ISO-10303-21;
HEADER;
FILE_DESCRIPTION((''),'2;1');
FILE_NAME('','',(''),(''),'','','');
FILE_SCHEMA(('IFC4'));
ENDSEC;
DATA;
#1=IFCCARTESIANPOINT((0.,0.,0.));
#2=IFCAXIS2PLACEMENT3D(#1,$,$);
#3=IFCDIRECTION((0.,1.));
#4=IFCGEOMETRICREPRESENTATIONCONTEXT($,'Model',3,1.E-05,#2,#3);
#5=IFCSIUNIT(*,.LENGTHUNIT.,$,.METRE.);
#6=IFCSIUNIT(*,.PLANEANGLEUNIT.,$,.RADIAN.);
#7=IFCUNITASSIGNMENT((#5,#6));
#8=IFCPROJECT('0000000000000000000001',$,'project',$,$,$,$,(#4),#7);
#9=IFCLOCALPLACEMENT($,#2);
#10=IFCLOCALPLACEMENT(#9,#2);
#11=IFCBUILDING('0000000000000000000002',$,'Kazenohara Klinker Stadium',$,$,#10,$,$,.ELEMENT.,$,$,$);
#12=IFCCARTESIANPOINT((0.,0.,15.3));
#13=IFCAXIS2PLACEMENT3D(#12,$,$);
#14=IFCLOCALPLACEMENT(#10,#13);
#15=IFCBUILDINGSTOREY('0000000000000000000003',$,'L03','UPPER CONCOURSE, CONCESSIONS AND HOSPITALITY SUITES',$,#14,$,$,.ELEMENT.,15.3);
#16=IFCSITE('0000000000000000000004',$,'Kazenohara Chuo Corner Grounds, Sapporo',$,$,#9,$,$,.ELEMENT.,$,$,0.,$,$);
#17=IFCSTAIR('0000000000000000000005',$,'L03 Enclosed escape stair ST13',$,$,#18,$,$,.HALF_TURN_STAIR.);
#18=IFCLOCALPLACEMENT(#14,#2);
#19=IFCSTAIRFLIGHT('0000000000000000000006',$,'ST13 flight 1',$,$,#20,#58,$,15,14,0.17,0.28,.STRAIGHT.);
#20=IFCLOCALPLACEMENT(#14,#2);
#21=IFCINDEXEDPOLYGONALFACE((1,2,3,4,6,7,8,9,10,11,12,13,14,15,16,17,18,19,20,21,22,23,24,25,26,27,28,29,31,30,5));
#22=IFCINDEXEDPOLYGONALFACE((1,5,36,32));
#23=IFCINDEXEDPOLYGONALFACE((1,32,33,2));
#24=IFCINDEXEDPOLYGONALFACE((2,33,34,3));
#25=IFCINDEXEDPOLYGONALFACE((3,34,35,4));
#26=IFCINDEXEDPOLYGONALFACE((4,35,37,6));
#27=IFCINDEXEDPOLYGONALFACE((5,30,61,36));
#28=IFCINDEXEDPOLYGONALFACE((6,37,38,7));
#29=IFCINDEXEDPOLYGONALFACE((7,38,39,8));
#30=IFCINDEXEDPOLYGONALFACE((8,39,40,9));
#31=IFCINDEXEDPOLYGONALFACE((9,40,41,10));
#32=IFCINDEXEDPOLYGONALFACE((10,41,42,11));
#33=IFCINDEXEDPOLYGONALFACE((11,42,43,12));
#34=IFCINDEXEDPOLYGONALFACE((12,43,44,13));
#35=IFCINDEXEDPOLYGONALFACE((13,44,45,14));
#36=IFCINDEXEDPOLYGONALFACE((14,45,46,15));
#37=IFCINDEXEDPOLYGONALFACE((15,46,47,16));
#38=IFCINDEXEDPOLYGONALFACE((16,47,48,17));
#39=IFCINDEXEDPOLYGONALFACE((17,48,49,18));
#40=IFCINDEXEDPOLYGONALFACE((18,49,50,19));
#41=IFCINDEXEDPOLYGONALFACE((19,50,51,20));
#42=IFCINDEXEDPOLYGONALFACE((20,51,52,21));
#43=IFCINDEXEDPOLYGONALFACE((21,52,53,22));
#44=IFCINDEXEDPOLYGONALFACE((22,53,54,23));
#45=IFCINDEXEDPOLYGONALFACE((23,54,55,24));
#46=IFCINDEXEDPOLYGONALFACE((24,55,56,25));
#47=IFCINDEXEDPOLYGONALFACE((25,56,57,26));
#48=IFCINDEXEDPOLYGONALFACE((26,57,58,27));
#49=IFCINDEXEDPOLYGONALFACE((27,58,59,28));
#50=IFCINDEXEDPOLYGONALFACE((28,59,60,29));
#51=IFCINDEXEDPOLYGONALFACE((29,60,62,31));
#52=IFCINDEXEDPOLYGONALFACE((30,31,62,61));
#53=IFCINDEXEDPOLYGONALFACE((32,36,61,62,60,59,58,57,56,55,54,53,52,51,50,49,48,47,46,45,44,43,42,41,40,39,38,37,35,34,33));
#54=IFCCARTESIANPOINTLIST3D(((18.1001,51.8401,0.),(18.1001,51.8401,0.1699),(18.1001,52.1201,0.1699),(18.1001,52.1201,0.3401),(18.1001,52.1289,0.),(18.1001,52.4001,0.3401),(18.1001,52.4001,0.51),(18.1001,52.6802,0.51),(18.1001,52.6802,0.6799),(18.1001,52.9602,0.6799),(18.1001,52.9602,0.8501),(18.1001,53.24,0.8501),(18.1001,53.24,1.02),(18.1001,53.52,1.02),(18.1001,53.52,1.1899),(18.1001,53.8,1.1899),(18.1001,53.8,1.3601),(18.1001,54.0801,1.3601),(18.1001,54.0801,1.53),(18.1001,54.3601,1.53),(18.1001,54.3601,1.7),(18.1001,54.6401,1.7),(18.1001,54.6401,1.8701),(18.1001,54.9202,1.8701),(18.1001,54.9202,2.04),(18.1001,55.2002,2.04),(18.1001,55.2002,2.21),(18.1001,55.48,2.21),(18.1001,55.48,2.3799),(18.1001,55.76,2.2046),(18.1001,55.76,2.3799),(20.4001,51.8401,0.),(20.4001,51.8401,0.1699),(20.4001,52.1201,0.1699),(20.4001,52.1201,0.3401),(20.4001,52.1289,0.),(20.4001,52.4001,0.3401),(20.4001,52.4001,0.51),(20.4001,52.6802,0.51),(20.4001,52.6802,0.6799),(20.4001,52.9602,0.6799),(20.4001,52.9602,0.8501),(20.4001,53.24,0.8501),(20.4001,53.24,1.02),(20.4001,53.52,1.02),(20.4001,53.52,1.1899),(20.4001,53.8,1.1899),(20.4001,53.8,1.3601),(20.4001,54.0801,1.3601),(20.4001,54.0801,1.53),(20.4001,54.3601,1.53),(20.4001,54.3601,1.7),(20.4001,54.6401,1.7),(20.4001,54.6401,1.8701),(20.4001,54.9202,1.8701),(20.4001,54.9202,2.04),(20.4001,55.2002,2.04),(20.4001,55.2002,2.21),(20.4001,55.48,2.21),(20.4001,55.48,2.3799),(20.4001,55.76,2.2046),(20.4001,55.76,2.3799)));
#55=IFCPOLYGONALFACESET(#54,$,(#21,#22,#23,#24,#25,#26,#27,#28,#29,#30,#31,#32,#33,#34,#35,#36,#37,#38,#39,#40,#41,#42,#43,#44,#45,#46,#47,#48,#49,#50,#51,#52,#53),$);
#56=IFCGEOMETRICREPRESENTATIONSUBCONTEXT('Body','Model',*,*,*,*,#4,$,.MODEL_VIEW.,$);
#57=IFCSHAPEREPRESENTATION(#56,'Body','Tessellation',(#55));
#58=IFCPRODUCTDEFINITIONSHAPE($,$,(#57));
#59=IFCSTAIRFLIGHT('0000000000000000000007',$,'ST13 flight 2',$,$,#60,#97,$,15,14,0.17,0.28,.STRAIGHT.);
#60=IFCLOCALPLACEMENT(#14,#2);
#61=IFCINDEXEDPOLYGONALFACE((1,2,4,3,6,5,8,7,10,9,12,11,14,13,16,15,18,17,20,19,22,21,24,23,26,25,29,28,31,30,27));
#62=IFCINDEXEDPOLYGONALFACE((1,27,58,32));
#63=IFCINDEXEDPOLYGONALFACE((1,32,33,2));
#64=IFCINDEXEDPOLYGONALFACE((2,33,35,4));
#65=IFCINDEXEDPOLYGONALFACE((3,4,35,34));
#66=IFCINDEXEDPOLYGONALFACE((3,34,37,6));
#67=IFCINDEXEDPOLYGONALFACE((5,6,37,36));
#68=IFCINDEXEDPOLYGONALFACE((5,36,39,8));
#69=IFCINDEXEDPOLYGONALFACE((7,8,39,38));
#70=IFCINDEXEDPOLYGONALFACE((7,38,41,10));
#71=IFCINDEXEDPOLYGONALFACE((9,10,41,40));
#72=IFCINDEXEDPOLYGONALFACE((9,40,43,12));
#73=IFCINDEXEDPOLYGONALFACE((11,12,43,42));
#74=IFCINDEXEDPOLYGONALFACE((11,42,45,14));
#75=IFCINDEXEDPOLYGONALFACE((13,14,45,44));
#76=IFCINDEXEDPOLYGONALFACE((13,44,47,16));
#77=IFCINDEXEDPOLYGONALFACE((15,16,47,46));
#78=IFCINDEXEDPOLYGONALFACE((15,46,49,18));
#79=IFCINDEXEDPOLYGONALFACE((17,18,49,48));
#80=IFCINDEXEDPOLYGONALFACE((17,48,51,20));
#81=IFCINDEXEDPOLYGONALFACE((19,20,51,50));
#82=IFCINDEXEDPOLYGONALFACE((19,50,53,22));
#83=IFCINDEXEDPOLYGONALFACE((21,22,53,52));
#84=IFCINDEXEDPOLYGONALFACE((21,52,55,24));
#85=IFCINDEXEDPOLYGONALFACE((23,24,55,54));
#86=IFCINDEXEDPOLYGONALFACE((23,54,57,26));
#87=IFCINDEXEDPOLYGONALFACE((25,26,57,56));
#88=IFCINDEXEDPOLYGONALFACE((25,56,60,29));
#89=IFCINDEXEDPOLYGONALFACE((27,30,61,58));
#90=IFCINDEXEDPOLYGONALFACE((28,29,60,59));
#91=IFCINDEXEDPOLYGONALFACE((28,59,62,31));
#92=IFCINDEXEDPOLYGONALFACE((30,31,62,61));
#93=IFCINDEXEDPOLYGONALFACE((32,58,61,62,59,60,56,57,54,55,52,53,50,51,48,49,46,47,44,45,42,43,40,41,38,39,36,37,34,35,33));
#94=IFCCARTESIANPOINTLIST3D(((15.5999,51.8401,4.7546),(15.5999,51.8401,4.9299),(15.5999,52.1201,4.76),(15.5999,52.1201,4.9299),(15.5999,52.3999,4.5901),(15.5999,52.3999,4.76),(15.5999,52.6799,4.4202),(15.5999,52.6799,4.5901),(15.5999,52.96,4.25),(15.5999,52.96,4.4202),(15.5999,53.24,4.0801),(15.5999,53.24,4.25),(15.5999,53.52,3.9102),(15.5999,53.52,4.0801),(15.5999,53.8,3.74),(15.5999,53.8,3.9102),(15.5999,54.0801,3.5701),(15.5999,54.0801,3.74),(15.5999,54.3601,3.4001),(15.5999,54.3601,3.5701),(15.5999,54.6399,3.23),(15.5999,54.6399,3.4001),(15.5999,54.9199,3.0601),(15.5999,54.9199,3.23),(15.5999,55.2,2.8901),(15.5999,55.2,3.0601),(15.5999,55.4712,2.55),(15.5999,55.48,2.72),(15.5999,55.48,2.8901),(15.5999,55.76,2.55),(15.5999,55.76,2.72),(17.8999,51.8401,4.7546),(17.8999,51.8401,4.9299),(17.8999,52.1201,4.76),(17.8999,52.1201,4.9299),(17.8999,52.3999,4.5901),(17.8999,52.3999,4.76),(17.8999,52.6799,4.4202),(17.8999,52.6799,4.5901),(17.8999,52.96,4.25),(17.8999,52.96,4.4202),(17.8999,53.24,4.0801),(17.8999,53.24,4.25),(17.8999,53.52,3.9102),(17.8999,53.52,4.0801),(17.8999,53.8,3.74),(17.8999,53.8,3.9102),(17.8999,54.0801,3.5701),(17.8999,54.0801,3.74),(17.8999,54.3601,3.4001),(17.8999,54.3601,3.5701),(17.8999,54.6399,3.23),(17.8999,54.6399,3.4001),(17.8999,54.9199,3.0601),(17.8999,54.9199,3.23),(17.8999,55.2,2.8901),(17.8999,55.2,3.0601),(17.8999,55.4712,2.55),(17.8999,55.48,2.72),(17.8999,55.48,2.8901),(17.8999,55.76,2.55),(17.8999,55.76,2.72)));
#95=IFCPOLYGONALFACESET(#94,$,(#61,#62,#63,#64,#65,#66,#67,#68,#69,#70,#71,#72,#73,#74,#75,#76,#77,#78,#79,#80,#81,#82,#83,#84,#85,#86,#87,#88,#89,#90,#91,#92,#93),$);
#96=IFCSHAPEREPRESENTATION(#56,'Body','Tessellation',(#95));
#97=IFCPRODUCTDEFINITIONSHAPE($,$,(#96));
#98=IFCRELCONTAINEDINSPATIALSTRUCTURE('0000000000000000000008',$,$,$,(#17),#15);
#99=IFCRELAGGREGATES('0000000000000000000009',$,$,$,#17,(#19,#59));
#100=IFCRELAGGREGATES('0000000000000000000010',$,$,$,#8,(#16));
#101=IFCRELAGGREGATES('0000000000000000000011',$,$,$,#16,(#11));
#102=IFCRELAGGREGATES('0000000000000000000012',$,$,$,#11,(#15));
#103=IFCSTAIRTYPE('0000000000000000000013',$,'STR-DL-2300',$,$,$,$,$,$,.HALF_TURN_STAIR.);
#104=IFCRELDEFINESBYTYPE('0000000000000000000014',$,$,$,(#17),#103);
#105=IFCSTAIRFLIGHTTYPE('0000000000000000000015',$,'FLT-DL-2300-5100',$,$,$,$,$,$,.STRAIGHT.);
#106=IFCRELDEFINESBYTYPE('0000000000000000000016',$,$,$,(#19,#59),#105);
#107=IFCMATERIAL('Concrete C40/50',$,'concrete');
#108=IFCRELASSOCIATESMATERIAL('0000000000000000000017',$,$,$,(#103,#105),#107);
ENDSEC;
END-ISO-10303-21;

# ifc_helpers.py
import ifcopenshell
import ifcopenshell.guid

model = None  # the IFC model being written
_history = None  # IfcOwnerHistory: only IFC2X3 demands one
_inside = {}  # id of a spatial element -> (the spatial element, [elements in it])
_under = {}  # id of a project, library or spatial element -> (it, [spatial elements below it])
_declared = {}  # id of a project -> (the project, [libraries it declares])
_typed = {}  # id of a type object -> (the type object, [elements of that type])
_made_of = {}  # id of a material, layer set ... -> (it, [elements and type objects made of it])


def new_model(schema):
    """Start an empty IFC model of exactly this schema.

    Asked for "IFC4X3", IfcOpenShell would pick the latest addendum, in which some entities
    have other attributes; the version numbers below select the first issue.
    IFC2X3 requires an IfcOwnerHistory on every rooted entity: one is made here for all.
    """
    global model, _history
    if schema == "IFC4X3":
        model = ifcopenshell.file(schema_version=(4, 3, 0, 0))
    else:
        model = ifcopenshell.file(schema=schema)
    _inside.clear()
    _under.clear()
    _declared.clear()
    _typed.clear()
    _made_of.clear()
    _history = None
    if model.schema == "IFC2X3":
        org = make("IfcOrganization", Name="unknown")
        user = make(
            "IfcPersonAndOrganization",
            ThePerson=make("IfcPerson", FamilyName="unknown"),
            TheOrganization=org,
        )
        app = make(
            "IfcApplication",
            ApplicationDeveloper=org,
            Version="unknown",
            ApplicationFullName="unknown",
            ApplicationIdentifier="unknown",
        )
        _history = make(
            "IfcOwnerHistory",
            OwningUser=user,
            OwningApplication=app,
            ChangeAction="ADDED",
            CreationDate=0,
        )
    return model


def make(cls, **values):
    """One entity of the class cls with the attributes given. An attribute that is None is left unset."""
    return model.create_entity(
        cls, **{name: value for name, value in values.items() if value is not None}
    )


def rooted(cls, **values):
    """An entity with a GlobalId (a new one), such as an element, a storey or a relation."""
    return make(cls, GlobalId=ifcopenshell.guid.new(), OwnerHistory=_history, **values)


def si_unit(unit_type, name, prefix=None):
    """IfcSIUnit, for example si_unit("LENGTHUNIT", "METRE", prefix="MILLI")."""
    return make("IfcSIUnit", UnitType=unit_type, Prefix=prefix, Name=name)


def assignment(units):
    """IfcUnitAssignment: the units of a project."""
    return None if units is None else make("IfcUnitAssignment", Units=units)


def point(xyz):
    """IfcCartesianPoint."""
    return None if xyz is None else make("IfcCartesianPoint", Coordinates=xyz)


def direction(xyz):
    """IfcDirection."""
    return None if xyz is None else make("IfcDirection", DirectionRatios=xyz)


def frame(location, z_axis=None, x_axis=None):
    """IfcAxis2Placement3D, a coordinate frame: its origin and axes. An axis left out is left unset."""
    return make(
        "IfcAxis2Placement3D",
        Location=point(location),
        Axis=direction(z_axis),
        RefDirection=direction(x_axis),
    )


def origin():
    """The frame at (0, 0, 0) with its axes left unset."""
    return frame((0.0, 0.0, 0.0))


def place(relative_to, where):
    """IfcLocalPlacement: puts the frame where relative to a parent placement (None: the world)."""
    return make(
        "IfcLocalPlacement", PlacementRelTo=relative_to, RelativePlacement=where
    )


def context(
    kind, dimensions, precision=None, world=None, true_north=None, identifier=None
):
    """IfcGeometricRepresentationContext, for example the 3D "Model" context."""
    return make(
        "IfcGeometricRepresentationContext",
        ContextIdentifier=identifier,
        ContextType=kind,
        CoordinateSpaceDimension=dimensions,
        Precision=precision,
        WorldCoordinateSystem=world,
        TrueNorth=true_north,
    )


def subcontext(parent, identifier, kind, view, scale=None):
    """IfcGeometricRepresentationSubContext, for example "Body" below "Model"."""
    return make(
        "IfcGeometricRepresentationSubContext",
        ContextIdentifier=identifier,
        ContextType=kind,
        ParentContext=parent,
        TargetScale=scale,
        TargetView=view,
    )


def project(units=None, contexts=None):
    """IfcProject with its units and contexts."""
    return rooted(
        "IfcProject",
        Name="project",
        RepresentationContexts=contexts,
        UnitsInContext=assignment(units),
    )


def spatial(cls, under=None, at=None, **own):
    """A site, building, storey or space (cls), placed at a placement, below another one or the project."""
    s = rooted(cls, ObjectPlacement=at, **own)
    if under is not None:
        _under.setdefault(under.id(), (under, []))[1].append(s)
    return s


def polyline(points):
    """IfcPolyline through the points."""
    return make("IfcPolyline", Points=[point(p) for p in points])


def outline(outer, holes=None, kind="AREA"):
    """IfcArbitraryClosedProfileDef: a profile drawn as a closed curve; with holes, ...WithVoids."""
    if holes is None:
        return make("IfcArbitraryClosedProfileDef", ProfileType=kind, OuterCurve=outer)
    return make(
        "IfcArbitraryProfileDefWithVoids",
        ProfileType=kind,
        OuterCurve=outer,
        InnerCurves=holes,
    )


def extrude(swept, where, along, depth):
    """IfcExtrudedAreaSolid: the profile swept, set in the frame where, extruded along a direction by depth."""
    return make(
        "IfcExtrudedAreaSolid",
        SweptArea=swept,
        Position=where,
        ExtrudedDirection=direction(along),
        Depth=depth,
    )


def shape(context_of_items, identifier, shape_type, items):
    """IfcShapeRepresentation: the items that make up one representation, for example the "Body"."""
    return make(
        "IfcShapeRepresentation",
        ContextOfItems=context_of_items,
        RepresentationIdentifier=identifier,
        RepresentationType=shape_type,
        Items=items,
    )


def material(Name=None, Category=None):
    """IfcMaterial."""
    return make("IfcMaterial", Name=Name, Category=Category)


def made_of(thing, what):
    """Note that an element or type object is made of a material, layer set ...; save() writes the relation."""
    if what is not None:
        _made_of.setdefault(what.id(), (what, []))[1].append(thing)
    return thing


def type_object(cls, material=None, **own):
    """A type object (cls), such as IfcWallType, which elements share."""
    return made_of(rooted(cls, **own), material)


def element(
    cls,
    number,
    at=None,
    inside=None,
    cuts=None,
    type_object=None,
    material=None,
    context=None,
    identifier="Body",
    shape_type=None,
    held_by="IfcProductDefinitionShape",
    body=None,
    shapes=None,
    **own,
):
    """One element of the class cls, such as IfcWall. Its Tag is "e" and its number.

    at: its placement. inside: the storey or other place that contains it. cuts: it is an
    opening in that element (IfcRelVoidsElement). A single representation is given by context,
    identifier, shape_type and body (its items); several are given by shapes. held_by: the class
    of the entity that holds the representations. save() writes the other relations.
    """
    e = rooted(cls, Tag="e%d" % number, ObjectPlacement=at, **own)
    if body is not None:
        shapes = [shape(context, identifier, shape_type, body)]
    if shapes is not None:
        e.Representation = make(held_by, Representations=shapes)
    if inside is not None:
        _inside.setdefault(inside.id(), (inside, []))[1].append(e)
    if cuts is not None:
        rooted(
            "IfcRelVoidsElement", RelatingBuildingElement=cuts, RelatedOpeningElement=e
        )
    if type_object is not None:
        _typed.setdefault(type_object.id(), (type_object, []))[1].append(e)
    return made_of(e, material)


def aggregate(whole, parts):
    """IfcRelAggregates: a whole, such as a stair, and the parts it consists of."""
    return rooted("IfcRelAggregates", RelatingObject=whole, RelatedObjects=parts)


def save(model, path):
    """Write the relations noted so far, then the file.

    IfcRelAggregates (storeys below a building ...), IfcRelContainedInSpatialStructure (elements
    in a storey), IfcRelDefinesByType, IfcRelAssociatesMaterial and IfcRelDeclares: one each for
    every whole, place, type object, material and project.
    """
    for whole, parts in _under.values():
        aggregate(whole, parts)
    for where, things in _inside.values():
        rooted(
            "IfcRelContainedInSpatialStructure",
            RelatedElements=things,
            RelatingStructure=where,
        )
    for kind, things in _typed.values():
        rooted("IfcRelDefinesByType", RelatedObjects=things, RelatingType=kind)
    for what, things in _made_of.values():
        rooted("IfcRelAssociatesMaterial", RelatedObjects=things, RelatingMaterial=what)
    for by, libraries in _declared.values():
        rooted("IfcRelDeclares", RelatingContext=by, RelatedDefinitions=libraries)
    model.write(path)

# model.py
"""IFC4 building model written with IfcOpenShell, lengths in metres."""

from ifc_helpers import new_model, si_unit, direction, frame, origin, place, context, subcontext, project, spatial, polyline, outline, extrude, material, type_object, element, aggregate, save


model = new_model("IFC4")

# Units and contexts
model_context = context("Model", 3, precision=1e-05, world=origin(), true_north=direction((0.0, 1.0)))
body_context = subcontext(model_context, "Body", "Model", "MODEL_VIEW")
ifc_project = project(units=[si_unit("LENGTHUNIT", "METRE"), si_unit("PLANEANGLEUNIT", "RADIAN")], contexts=[model_context])

# Site, building, storey
site_placement = place(None, origin())
site = spatial("IfcSite", under=ifc_project, at=site_placement, Name="Kazenohara Chuo Corner Grounds, Sapporo", CompositionType="ELEMENT", RefElevation=0.0)
building_placement = place(site_placement, origin())
building = spatial("IfcBuilding", under=site, at=building_placement, Name="Kazenohara Klinker Stadium", CompositionType="ELEMENT")
storey_placement = place(building_placement, frame((0.0, 0.0, 15.3)))
storey = spatial("IfcBuildingStorey", under=building, at=storey_placement, Name="L03", Description="UPPER CONCOURSE, CONCESSIONS AND HOSPITALITY SUITES", CompositionType="ELEMENT", Elevation=15.3)

# Shared definitions
ifc_material_1 = material(Name="Concrete C40/50", Category="concrete")

# Stair, stair flights
stair_type = type_object("IfcStairType", Name="STR-DL-2300", PredefinedType="HALF_TURN_STAIR", material=ifc_material_1)
stair_placement = place(storey_placement, origin())
stair = element("IfcStair", 1, at=stair_placement, inside=storey, type_object=stair_type, Name="L03 Enclosed escape stair ST13", PredefinedType="HALF_TURN_STAIR")
stair_flight_type = type_object("IfcStairFlightType", Name="FLT-DL-2300-5100", PredefinedType="STRAIGHT", material=ifc_material_1)
stair_flight_1_placement = place(storey_placement, frame((19.25, 51.8401, 0.0), z_axis=(0.0, 0.0, 1.0), x_axis=(0.0, 1.0, 0.0)))
stair_flight_1 = element("IfcStairFlight", 2, at=stair_flight_1_placement, type_object=stair_flight_type, Name="ST13 flight 1", NumberOfRisers=15, NumberOfTreads=14, PredefinedType="STRAIGHT", RiserHeight=0.17, TreadLength=0.28, context=body_context, shape_type="SweptSolid", body=[
    extrude(outline(polyline([(0.0, 0.0), (0.0, 0.1699), (0.28, 0.1699), (0.28, 0.3401), (0.5601, 0.3401), (0.5601, 0.51), (0.8401, 0.51), (0.8401, 0.6799), (1.1201, 0.6799), (1.1201, 0.8501), (1.3999, 0.8501), (1.3999, 1.02), (1.6799, 1.02), (1.6799, 1.1899), (1.96, 1.1899), (1.96, 1.3601), (2.24, 1.3601), (2.24, 1.53), (2.52, 1.53), (2.52, 1.7), (2.8, 1.7), (2.8, 1.8701), (3.0801, 1.8701), (3.0801, 2.04), (3.3601, 2.04), (3.3601, 2.21), (3.6399, 2.21), (3.6399, 2.3799), (3.9199, 2.3799), (3.9199, 2.55), (3.9199, 2.2046), (0.2888, 0.0), (0.0, 0.0)])), frame((0.0, 1.1499, 0.0), z_axis=(0.0, -1.0, 0.0), x_axis=(1.0, 0.0, 0.0)), (0.0, 0.0, 1.0), 2.3),
])
stair_flight_2_placement = place(storey_placement, frame((16.75, 55.76, 2.55), z_axis=(0.0, 0.0, 1.0), x_axis=(0.0, -1.0, 0.0)))
stair_flight_2 = element("IfcStairFlight", 3, at=stair_flight_2_placement, type_object=stair_flight_type, Name="ST13 flight 2", NumberOfRisers=15, NumberOfTreads=14, PredefinedType="STRAIGHT", RiserHeight=0.17, TreadLength=0.28, context=body_context, shape_type="SweptSolid", body=[
    extrude(outline(polyline([(0.0, 0.0), (0.0, 0.1699), (0.28, 0.1699), (0.28, 0.3401), (0.5601, 0.3401), (0.5601, 0.51), (0.8401, 0.51), (0.8401, 0.6799), (1.1201, 0.6799), (1.1201, 0.8501), (1.3999, 0.8501), (1.3999, 1.02), (1.6799, 1.02), (1.6799, 1.1899), (1.96, 1.1899), (1.96, 1.3601), (2.24, 1.3601), (2.24, 1.53), (2.52, 1.53), (2.52, 1.7), (2.8, 1.7), (2.8, 1.8701), (3.0801, 1.8701), (3.0801, 2.04), (3.3601, 2.04), (3.3601, 2.21), (3.6399, 2.21), (3.6399, 2.3799), (3.9199, 2.3799), (3.9199, 2.55), (3.9199, 2.2046), (0.2888, 0.0), (0.0, 0.0)])), frame((0.0, 1.1499, 0.0), z_axis=(0.0, -1.0, 0.0), x_axis=(1.0, 0.0, 0.0)), (0.0, 0.0, 1.0), 2.3),
])
aggregate(stair, [stair_flight_1, stair_flight_2])

save(model, "model.ifc")
